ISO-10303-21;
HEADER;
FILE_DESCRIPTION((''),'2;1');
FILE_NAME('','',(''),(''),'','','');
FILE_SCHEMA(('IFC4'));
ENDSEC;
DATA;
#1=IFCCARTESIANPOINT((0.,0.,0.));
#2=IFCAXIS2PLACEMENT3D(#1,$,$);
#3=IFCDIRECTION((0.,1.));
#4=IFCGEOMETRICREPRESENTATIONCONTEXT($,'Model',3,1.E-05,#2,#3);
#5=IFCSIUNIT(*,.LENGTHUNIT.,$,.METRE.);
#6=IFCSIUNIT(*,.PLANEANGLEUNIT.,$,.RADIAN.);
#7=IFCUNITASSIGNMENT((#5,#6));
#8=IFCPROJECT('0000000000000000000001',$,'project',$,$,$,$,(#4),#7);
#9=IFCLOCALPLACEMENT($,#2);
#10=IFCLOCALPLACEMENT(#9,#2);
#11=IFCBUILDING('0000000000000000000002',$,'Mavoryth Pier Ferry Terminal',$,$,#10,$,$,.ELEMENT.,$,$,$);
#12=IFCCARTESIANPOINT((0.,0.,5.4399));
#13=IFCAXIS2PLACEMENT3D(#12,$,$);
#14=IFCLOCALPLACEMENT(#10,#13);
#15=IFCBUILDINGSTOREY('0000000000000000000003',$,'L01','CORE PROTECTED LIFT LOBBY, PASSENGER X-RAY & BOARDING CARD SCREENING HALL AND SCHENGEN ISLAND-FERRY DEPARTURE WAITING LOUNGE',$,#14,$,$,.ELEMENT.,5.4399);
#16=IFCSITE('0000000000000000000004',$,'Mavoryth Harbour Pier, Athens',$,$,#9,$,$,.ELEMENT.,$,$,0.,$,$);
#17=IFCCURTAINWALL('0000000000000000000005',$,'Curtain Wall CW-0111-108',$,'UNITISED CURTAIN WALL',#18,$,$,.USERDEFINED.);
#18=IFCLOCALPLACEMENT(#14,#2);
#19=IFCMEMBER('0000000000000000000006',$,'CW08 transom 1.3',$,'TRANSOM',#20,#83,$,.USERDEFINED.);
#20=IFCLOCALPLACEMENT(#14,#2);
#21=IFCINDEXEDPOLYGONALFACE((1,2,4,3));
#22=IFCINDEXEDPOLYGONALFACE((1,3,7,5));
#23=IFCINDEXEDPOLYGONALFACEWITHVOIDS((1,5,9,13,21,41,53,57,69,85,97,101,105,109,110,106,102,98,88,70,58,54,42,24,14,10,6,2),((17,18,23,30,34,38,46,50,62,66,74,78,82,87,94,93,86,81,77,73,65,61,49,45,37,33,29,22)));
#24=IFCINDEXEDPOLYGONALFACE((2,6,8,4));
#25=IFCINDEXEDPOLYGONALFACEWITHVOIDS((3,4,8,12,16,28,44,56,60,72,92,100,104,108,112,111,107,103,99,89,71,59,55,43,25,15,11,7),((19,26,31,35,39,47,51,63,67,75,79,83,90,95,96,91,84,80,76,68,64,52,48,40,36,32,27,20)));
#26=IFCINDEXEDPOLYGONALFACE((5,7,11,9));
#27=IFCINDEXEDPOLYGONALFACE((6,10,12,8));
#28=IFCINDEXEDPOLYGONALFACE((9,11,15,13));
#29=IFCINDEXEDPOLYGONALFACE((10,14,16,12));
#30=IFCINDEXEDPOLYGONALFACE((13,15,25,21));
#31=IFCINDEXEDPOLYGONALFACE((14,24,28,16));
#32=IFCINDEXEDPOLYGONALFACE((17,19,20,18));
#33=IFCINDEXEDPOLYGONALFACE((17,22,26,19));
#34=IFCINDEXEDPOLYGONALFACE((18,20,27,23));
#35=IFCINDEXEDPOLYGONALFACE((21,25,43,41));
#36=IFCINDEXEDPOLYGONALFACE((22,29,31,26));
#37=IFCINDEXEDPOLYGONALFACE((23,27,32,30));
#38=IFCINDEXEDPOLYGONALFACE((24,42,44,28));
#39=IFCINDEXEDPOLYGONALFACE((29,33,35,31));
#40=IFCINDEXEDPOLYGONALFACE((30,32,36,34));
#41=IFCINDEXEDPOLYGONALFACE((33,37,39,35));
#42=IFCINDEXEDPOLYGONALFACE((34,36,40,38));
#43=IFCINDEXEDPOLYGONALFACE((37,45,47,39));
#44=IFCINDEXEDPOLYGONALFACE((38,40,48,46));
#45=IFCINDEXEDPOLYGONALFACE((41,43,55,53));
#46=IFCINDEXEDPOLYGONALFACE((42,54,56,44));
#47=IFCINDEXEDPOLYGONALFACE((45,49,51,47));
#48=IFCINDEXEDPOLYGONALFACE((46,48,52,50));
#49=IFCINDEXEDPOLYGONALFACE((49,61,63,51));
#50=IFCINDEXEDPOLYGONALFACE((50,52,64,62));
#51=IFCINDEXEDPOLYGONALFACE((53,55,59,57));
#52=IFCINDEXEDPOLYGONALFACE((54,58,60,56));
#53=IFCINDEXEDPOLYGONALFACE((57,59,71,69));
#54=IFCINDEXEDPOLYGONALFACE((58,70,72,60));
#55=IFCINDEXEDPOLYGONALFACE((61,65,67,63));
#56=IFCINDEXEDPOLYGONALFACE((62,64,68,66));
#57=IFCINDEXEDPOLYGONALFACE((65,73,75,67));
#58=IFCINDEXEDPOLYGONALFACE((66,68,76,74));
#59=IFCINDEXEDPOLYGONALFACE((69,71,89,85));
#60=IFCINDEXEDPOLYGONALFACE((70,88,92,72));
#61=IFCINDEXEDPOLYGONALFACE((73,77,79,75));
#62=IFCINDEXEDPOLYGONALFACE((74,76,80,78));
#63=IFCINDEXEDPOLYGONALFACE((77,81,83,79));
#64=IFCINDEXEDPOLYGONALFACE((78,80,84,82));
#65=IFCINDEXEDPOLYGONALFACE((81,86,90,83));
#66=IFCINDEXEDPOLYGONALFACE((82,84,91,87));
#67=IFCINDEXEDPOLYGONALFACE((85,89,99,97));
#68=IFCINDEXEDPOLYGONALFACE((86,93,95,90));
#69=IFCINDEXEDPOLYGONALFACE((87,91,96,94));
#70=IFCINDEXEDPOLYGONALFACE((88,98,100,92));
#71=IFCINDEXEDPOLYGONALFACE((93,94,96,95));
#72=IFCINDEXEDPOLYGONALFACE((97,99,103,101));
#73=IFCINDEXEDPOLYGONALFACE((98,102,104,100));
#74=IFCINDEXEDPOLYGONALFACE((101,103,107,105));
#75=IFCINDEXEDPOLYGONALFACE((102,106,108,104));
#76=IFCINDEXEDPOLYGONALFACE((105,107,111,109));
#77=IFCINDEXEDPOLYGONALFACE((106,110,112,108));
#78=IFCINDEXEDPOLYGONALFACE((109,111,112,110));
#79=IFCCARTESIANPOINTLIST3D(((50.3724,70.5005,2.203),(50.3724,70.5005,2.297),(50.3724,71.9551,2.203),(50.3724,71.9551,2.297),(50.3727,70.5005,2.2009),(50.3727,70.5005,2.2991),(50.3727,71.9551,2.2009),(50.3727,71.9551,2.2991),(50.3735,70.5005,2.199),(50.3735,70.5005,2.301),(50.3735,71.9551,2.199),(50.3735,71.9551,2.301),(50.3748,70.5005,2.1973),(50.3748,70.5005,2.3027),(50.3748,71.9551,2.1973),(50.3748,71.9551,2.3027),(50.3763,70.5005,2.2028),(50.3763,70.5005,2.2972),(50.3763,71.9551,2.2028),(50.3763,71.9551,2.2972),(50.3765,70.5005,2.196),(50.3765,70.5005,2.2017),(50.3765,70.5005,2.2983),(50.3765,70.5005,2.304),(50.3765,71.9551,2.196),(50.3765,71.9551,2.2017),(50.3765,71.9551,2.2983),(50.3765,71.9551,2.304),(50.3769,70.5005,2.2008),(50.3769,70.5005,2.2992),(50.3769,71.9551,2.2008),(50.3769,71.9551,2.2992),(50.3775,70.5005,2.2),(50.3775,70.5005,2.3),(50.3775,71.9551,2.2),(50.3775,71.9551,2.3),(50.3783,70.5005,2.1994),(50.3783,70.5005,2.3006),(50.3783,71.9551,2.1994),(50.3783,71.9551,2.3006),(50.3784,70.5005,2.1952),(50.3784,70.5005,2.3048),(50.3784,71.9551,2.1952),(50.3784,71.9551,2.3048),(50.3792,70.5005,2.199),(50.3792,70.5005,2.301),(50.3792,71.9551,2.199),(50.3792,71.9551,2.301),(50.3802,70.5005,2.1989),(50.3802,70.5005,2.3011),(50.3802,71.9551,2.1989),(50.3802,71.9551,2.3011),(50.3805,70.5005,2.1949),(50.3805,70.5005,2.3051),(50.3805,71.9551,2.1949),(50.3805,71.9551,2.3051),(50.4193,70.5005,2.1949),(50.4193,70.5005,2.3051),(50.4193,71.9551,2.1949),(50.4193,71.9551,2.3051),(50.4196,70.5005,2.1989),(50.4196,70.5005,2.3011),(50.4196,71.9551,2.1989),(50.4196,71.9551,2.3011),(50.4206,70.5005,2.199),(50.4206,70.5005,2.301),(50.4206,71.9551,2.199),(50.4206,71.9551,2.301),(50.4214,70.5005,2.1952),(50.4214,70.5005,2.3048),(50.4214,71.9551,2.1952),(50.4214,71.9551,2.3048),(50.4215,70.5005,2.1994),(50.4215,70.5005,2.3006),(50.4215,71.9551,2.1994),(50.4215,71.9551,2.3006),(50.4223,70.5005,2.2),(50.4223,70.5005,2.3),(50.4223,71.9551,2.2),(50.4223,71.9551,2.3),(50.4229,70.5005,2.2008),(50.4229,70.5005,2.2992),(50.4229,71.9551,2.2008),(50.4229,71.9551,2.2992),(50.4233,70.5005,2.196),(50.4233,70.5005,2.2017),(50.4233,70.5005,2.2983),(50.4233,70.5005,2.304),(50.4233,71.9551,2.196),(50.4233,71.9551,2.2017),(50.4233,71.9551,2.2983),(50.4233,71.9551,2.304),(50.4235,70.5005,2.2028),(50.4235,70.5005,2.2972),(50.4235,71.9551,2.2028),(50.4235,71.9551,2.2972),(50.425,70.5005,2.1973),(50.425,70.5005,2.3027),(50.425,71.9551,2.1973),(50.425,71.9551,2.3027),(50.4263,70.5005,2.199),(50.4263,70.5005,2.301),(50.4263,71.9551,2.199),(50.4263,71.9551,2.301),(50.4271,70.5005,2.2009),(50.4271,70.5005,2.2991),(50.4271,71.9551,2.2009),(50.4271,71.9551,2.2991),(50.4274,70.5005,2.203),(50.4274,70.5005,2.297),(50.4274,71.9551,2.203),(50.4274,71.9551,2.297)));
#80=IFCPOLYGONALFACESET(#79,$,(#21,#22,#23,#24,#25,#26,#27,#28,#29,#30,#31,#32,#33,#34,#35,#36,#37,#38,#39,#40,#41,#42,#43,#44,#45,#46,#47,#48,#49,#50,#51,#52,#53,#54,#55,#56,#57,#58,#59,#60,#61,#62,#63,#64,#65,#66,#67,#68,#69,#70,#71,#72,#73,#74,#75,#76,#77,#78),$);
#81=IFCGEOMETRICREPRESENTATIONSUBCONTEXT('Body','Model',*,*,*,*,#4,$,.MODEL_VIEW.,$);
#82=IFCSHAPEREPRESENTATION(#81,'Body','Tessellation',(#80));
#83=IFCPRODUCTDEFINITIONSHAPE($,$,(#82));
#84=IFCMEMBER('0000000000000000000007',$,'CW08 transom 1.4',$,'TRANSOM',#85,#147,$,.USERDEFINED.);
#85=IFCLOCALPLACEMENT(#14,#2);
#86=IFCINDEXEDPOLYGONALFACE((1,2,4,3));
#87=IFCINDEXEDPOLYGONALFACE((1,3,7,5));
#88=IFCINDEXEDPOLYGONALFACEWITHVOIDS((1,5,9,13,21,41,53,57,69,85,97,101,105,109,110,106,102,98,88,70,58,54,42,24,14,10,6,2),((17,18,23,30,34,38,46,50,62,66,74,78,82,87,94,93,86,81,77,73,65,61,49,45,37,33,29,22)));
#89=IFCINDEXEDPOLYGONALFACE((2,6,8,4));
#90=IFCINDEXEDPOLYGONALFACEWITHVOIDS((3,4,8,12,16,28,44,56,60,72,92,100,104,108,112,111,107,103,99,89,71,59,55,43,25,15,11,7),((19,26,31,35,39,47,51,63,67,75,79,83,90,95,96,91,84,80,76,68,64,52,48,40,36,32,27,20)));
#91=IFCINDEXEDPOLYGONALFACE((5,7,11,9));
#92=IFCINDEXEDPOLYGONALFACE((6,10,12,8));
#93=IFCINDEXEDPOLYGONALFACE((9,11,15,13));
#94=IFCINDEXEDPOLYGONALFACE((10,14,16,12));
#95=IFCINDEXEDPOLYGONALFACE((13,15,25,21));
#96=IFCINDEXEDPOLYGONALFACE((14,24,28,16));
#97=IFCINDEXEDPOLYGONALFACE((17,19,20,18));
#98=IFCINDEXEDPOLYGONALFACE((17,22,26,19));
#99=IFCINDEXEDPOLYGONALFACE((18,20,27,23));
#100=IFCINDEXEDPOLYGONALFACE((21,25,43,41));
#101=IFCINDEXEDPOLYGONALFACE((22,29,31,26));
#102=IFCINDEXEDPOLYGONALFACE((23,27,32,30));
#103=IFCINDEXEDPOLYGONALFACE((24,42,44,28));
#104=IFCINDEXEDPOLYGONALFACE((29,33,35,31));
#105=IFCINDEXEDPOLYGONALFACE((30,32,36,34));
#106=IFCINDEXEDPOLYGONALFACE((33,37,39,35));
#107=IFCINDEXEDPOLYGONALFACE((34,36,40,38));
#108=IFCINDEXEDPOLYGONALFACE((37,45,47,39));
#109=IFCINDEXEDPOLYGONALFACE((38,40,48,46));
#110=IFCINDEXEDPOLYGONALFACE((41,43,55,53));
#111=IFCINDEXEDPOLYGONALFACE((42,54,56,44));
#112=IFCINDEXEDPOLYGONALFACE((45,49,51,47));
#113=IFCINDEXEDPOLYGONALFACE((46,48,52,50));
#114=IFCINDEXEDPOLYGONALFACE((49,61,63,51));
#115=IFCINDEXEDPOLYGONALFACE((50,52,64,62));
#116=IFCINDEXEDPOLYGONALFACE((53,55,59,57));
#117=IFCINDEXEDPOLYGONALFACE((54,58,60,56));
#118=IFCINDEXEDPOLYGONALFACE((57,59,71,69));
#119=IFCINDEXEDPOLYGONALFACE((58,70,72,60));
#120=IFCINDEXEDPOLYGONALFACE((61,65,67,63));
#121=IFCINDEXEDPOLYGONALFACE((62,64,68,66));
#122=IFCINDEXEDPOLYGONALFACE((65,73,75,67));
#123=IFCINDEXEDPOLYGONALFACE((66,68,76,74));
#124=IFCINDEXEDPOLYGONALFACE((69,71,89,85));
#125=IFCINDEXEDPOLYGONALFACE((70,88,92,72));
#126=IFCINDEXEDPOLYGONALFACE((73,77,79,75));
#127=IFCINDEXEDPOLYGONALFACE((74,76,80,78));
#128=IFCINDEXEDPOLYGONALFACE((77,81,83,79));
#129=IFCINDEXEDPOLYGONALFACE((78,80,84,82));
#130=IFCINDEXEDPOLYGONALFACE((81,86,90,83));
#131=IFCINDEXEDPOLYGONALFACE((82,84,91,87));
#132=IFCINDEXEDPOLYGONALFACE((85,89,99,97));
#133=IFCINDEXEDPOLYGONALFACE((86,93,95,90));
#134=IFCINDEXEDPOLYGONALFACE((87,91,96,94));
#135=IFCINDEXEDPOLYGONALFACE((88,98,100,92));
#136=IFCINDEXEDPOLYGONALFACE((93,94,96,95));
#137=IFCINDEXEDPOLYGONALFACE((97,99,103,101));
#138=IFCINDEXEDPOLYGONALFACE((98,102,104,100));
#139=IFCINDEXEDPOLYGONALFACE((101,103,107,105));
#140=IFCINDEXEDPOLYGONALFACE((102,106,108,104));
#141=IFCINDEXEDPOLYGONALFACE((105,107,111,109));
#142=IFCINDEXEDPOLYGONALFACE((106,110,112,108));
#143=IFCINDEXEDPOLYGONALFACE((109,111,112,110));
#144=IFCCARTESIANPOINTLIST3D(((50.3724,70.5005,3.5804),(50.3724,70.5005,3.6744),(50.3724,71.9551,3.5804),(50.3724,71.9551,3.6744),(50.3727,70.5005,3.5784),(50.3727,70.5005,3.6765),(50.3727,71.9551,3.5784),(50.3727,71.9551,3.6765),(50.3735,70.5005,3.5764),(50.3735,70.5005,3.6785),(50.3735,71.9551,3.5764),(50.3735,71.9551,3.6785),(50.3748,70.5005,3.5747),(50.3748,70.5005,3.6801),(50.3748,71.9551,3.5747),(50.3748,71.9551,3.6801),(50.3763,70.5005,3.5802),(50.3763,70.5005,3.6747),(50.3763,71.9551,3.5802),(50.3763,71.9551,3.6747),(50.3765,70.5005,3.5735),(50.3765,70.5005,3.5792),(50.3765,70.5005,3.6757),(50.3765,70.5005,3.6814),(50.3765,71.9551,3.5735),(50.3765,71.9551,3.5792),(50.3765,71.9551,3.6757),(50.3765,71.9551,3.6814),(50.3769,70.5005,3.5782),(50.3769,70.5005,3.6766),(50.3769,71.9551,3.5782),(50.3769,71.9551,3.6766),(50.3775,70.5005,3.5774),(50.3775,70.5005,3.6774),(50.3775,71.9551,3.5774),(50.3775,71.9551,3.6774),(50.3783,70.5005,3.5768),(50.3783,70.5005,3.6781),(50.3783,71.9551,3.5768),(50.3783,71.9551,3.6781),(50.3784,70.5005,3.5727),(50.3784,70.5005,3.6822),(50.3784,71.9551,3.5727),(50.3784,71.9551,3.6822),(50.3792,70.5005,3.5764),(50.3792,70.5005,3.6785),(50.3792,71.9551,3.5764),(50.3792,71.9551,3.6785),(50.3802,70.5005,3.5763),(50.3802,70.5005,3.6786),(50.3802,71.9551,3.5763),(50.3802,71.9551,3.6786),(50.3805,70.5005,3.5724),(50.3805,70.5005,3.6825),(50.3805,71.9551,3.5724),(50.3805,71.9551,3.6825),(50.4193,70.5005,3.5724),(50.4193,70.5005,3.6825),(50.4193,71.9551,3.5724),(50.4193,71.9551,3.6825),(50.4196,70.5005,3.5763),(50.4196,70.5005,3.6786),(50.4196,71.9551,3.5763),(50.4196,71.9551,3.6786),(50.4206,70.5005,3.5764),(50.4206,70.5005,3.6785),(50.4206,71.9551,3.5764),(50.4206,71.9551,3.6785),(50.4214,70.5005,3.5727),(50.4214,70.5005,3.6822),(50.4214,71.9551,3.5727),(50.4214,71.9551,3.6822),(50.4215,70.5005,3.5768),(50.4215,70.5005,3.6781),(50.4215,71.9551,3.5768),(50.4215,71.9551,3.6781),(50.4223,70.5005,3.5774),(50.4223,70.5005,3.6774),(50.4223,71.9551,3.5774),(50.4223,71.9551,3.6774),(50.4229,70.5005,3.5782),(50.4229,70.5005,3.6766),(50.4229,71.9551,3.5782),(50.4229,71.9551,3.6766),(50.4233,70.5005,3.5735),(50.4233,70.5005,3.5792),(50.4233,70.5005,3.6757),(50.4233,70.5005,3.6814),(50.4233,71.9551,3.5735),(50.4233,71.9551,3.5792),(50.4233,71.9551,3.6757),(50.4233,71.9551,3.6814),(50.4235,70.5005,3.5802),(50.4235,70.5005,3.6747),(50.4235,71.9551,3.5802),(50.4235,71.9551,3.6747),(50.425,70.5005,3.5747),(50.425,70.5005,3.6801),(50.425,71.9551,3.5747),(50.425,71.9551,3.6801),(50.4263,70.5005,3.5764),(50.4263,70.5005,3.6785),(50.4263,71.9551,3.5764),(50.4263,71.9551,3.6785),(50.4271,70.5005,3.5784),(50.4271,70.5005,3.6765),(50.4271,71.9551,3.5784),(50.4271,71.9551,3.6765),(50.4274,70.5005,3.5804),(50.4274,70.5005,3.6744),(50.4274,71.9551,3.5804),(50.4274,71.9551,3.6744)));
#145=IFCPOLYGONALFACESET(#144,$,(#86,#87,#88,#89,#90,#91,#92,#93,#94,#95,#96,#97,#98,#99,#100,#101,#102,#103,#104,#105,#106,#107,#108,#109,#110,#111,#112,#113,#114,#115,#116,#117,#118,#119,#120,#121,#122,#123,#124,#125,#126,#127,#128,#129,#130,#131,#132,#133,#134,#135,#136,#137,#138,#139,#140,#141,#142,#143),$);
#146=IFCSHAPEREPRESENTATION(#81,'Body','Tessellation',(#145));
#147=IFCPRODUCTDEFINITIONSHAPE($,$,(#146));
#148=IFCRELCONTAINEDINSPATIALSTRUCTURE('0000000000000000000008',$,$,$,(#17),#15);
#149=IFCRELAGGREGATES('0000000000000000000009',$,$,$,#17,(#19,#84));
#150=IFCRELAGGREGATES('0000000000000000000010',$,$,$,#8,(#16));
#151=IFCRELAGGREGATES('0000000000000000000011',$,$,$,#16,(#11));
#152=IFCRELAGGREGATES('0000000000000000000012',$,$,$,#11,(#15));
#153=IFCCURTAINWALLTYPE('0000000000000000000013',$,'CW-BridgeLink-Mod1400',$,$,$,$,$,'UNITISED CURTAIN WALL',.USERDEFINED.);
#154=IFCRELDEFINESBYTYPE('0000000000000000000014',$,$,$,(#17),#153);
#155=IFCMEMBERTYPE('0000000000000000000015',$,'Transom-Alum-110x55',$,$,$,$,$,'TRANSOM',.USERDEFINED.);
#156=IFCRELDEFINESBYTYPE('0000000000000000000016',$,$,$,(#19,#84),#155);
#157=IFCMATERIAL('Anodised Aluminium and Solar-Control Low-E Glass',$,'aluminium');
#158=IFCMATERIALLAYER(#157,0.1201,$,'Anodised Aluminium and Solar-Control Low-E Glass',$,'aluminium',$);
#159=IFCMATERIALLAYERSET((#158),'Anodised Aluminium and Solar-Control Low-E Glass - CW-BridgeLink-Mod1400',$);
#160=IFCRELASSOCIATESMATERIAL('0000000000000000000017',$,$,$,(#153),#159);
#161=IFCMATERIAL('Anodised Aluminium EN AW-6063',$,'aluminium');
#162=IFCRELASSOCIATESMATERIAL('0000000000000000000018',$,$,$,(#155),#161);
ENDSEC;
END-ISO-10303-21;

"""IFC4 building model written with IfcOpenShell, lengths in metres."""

from ifc_helpers import new_model, si_unit, direction, frame, origin, origin_2d, place, context, subcontext, project, spatial, hollow_rectangle, extrude, material, layer, layer_set, material_profile, profile_set, type_object, element, aggregate, save


model = new_model("IFC4")

# Units and contexts
model_context = context("Model", 3, precision=1e-05, world=origin(), true_north=direction((0.0, 1.0)))
body_context = subcontext(model_context, "Body", "Model", "MODEL_VIEW")
ifc_project = project(units=[si_unit("LENGTHUNIT", "METRE"), si_unit("PLANEANGLEUNIT", "RADIAN")], contexts=[model_context])

# Site, building, storey
site_placement = place(None, origin())
site = spatial("IfcSite", under=ifc_project, at=site_placement, Name="Mavoryth Harbour Pier, Athens", CompositionType="ELEMENT", RefElevation=0.0)
building_placement = place(site_placement, origin())
building = spatial("IfcBuilding", under=site, at=building_placement, Name="Mavoryth Pier Ferry Terminal", CompositionType="ELEMENT")
storey_placement = place(building_placement, frame((0.0, 0.0, 5.4399)))
storey = spatial("IfcBuildingStorey", under=building, at=storey_placement, Name="L01", Description="CORE PROTECTED LIFT LOBBY, PASSENGER X-RAY & BOARDING CARD SCREENING HALL AND SCHENGEN ISLAND-FERRY DEPARTURE WAITING LOUNGE", CompositionType="ELEMENT", Elevation=5.4399)

# Curtain wall
ifc_material_1 = material(Name="Anodised Aluminium and Solar-Control Low-E Glass", Category="aluminium")
ifc_layer_1 = layer(ifc_material_1, 0.1201, Name="Anodised Aluminium and Solar-Control Low-E Glass", Category="aluminium")
ifc_layer_set_1 = layer_set([ifc_layer_1], Name="Anodised Aluminium and Solar-Control Low-E Glass - CW-BridgeLink-Mod1400")
curtain_wall_type = type_object("IfcCurtainWallType", Name="CW-BridgeLink-Mod1400", ElementType="UNITISED CURTAIN WALL", PredefinedType="USERDEFINED", material=ifc_layer_set_1)
curtain_wall_1_placement = place(storey_placement, origin())
curtain_wall_1 = element("IfcCurtainWall", 1, at=curtain_wall_1_placement, inside=storey, type_object=curtain_wall_type, Name="Curtain Wall CW-0111-108", ObjectType="UNITISED CURTAIN WALL", PredefinedType="USERDEFINED")
ifc_material_2 = material(Name="Anodised Aluminium EN AW-6063", Category="aluminium")

# Members
ifc_material_profile_1 = material_profile(ifc_material_2, hollow_rectangle(XDim=0.0549, YDim=0.1101, WallThickness=0.0039, InnerFilletRadius=0.0039, OuterFilletRadius=0.0081, at=origin_2d()), Name="AL-TRAN 110x55x4", Category="aluminium")
ifc_profile_set_1 = profile_set([ifc_material_profile_1], Name="Anodised Aluminium EN AW-6063 - AL-TRAN 110x55x4")
member_type_1 = type_object("IfcMemberType", Name="Transom-Alum-110x55", ElementType="TRANSOM", PredefinedType="USERDEFINED", material=ifc_profile_set_1)
member_1_placement = place(storey_placement, frame((50.3999, 71.9551, 2.25), z_axis=(0.0, -1.0, 0.0), x_axis=(1.0, 0.0, 0.0)))
member_1 = element("IfcMember", 2, at=member_1_placement, type_object=member_type_1, Name="CW08 transom 1.3", ObjectType="TRANSOM", PredefinedType="USERDEFINED", context=body_context, shape_type="SweptSolid", body=[
    extrude(hollow_rectangle(XDim=0.0549, YDim=0.1101, WallThickness=0.0039, InnerFilletRadius=0.0039, OuterFilletRadius=0.0081, at=origin_2d()), origin(), (0.0, 0.0, 1.0), 1.4546),
])
member_2_placement = place(storey_placement, frame((50.3999, 71.9551, 3.6274), z_axis=(0.0, -1.0, 0.0), x_axis=(1.0, 0.0, 0.0)))
member_2 = element("IfcMember", 3, at=member_2_placement, type_object=member_type_1, Name="CW08 transom 1.4", ObjectType="TRANSOM", PredefinedType="USERDEFINED", context=body_context, shape_type="SweptSolid", body=[
    extrude(hollow_rectangle(XDim=0.0549, YDim=0.1101, WallThickness=0.0039, InnerFilletRadius=0.0039, OuterFilletRadius=0.0081, at=origin_2d()), origin(), (0.0, 0.0, 1.0), 1.4546),
])

aggregate(curtain_wall_1, [member_1, member_2])

save(model, "model.ifc")
